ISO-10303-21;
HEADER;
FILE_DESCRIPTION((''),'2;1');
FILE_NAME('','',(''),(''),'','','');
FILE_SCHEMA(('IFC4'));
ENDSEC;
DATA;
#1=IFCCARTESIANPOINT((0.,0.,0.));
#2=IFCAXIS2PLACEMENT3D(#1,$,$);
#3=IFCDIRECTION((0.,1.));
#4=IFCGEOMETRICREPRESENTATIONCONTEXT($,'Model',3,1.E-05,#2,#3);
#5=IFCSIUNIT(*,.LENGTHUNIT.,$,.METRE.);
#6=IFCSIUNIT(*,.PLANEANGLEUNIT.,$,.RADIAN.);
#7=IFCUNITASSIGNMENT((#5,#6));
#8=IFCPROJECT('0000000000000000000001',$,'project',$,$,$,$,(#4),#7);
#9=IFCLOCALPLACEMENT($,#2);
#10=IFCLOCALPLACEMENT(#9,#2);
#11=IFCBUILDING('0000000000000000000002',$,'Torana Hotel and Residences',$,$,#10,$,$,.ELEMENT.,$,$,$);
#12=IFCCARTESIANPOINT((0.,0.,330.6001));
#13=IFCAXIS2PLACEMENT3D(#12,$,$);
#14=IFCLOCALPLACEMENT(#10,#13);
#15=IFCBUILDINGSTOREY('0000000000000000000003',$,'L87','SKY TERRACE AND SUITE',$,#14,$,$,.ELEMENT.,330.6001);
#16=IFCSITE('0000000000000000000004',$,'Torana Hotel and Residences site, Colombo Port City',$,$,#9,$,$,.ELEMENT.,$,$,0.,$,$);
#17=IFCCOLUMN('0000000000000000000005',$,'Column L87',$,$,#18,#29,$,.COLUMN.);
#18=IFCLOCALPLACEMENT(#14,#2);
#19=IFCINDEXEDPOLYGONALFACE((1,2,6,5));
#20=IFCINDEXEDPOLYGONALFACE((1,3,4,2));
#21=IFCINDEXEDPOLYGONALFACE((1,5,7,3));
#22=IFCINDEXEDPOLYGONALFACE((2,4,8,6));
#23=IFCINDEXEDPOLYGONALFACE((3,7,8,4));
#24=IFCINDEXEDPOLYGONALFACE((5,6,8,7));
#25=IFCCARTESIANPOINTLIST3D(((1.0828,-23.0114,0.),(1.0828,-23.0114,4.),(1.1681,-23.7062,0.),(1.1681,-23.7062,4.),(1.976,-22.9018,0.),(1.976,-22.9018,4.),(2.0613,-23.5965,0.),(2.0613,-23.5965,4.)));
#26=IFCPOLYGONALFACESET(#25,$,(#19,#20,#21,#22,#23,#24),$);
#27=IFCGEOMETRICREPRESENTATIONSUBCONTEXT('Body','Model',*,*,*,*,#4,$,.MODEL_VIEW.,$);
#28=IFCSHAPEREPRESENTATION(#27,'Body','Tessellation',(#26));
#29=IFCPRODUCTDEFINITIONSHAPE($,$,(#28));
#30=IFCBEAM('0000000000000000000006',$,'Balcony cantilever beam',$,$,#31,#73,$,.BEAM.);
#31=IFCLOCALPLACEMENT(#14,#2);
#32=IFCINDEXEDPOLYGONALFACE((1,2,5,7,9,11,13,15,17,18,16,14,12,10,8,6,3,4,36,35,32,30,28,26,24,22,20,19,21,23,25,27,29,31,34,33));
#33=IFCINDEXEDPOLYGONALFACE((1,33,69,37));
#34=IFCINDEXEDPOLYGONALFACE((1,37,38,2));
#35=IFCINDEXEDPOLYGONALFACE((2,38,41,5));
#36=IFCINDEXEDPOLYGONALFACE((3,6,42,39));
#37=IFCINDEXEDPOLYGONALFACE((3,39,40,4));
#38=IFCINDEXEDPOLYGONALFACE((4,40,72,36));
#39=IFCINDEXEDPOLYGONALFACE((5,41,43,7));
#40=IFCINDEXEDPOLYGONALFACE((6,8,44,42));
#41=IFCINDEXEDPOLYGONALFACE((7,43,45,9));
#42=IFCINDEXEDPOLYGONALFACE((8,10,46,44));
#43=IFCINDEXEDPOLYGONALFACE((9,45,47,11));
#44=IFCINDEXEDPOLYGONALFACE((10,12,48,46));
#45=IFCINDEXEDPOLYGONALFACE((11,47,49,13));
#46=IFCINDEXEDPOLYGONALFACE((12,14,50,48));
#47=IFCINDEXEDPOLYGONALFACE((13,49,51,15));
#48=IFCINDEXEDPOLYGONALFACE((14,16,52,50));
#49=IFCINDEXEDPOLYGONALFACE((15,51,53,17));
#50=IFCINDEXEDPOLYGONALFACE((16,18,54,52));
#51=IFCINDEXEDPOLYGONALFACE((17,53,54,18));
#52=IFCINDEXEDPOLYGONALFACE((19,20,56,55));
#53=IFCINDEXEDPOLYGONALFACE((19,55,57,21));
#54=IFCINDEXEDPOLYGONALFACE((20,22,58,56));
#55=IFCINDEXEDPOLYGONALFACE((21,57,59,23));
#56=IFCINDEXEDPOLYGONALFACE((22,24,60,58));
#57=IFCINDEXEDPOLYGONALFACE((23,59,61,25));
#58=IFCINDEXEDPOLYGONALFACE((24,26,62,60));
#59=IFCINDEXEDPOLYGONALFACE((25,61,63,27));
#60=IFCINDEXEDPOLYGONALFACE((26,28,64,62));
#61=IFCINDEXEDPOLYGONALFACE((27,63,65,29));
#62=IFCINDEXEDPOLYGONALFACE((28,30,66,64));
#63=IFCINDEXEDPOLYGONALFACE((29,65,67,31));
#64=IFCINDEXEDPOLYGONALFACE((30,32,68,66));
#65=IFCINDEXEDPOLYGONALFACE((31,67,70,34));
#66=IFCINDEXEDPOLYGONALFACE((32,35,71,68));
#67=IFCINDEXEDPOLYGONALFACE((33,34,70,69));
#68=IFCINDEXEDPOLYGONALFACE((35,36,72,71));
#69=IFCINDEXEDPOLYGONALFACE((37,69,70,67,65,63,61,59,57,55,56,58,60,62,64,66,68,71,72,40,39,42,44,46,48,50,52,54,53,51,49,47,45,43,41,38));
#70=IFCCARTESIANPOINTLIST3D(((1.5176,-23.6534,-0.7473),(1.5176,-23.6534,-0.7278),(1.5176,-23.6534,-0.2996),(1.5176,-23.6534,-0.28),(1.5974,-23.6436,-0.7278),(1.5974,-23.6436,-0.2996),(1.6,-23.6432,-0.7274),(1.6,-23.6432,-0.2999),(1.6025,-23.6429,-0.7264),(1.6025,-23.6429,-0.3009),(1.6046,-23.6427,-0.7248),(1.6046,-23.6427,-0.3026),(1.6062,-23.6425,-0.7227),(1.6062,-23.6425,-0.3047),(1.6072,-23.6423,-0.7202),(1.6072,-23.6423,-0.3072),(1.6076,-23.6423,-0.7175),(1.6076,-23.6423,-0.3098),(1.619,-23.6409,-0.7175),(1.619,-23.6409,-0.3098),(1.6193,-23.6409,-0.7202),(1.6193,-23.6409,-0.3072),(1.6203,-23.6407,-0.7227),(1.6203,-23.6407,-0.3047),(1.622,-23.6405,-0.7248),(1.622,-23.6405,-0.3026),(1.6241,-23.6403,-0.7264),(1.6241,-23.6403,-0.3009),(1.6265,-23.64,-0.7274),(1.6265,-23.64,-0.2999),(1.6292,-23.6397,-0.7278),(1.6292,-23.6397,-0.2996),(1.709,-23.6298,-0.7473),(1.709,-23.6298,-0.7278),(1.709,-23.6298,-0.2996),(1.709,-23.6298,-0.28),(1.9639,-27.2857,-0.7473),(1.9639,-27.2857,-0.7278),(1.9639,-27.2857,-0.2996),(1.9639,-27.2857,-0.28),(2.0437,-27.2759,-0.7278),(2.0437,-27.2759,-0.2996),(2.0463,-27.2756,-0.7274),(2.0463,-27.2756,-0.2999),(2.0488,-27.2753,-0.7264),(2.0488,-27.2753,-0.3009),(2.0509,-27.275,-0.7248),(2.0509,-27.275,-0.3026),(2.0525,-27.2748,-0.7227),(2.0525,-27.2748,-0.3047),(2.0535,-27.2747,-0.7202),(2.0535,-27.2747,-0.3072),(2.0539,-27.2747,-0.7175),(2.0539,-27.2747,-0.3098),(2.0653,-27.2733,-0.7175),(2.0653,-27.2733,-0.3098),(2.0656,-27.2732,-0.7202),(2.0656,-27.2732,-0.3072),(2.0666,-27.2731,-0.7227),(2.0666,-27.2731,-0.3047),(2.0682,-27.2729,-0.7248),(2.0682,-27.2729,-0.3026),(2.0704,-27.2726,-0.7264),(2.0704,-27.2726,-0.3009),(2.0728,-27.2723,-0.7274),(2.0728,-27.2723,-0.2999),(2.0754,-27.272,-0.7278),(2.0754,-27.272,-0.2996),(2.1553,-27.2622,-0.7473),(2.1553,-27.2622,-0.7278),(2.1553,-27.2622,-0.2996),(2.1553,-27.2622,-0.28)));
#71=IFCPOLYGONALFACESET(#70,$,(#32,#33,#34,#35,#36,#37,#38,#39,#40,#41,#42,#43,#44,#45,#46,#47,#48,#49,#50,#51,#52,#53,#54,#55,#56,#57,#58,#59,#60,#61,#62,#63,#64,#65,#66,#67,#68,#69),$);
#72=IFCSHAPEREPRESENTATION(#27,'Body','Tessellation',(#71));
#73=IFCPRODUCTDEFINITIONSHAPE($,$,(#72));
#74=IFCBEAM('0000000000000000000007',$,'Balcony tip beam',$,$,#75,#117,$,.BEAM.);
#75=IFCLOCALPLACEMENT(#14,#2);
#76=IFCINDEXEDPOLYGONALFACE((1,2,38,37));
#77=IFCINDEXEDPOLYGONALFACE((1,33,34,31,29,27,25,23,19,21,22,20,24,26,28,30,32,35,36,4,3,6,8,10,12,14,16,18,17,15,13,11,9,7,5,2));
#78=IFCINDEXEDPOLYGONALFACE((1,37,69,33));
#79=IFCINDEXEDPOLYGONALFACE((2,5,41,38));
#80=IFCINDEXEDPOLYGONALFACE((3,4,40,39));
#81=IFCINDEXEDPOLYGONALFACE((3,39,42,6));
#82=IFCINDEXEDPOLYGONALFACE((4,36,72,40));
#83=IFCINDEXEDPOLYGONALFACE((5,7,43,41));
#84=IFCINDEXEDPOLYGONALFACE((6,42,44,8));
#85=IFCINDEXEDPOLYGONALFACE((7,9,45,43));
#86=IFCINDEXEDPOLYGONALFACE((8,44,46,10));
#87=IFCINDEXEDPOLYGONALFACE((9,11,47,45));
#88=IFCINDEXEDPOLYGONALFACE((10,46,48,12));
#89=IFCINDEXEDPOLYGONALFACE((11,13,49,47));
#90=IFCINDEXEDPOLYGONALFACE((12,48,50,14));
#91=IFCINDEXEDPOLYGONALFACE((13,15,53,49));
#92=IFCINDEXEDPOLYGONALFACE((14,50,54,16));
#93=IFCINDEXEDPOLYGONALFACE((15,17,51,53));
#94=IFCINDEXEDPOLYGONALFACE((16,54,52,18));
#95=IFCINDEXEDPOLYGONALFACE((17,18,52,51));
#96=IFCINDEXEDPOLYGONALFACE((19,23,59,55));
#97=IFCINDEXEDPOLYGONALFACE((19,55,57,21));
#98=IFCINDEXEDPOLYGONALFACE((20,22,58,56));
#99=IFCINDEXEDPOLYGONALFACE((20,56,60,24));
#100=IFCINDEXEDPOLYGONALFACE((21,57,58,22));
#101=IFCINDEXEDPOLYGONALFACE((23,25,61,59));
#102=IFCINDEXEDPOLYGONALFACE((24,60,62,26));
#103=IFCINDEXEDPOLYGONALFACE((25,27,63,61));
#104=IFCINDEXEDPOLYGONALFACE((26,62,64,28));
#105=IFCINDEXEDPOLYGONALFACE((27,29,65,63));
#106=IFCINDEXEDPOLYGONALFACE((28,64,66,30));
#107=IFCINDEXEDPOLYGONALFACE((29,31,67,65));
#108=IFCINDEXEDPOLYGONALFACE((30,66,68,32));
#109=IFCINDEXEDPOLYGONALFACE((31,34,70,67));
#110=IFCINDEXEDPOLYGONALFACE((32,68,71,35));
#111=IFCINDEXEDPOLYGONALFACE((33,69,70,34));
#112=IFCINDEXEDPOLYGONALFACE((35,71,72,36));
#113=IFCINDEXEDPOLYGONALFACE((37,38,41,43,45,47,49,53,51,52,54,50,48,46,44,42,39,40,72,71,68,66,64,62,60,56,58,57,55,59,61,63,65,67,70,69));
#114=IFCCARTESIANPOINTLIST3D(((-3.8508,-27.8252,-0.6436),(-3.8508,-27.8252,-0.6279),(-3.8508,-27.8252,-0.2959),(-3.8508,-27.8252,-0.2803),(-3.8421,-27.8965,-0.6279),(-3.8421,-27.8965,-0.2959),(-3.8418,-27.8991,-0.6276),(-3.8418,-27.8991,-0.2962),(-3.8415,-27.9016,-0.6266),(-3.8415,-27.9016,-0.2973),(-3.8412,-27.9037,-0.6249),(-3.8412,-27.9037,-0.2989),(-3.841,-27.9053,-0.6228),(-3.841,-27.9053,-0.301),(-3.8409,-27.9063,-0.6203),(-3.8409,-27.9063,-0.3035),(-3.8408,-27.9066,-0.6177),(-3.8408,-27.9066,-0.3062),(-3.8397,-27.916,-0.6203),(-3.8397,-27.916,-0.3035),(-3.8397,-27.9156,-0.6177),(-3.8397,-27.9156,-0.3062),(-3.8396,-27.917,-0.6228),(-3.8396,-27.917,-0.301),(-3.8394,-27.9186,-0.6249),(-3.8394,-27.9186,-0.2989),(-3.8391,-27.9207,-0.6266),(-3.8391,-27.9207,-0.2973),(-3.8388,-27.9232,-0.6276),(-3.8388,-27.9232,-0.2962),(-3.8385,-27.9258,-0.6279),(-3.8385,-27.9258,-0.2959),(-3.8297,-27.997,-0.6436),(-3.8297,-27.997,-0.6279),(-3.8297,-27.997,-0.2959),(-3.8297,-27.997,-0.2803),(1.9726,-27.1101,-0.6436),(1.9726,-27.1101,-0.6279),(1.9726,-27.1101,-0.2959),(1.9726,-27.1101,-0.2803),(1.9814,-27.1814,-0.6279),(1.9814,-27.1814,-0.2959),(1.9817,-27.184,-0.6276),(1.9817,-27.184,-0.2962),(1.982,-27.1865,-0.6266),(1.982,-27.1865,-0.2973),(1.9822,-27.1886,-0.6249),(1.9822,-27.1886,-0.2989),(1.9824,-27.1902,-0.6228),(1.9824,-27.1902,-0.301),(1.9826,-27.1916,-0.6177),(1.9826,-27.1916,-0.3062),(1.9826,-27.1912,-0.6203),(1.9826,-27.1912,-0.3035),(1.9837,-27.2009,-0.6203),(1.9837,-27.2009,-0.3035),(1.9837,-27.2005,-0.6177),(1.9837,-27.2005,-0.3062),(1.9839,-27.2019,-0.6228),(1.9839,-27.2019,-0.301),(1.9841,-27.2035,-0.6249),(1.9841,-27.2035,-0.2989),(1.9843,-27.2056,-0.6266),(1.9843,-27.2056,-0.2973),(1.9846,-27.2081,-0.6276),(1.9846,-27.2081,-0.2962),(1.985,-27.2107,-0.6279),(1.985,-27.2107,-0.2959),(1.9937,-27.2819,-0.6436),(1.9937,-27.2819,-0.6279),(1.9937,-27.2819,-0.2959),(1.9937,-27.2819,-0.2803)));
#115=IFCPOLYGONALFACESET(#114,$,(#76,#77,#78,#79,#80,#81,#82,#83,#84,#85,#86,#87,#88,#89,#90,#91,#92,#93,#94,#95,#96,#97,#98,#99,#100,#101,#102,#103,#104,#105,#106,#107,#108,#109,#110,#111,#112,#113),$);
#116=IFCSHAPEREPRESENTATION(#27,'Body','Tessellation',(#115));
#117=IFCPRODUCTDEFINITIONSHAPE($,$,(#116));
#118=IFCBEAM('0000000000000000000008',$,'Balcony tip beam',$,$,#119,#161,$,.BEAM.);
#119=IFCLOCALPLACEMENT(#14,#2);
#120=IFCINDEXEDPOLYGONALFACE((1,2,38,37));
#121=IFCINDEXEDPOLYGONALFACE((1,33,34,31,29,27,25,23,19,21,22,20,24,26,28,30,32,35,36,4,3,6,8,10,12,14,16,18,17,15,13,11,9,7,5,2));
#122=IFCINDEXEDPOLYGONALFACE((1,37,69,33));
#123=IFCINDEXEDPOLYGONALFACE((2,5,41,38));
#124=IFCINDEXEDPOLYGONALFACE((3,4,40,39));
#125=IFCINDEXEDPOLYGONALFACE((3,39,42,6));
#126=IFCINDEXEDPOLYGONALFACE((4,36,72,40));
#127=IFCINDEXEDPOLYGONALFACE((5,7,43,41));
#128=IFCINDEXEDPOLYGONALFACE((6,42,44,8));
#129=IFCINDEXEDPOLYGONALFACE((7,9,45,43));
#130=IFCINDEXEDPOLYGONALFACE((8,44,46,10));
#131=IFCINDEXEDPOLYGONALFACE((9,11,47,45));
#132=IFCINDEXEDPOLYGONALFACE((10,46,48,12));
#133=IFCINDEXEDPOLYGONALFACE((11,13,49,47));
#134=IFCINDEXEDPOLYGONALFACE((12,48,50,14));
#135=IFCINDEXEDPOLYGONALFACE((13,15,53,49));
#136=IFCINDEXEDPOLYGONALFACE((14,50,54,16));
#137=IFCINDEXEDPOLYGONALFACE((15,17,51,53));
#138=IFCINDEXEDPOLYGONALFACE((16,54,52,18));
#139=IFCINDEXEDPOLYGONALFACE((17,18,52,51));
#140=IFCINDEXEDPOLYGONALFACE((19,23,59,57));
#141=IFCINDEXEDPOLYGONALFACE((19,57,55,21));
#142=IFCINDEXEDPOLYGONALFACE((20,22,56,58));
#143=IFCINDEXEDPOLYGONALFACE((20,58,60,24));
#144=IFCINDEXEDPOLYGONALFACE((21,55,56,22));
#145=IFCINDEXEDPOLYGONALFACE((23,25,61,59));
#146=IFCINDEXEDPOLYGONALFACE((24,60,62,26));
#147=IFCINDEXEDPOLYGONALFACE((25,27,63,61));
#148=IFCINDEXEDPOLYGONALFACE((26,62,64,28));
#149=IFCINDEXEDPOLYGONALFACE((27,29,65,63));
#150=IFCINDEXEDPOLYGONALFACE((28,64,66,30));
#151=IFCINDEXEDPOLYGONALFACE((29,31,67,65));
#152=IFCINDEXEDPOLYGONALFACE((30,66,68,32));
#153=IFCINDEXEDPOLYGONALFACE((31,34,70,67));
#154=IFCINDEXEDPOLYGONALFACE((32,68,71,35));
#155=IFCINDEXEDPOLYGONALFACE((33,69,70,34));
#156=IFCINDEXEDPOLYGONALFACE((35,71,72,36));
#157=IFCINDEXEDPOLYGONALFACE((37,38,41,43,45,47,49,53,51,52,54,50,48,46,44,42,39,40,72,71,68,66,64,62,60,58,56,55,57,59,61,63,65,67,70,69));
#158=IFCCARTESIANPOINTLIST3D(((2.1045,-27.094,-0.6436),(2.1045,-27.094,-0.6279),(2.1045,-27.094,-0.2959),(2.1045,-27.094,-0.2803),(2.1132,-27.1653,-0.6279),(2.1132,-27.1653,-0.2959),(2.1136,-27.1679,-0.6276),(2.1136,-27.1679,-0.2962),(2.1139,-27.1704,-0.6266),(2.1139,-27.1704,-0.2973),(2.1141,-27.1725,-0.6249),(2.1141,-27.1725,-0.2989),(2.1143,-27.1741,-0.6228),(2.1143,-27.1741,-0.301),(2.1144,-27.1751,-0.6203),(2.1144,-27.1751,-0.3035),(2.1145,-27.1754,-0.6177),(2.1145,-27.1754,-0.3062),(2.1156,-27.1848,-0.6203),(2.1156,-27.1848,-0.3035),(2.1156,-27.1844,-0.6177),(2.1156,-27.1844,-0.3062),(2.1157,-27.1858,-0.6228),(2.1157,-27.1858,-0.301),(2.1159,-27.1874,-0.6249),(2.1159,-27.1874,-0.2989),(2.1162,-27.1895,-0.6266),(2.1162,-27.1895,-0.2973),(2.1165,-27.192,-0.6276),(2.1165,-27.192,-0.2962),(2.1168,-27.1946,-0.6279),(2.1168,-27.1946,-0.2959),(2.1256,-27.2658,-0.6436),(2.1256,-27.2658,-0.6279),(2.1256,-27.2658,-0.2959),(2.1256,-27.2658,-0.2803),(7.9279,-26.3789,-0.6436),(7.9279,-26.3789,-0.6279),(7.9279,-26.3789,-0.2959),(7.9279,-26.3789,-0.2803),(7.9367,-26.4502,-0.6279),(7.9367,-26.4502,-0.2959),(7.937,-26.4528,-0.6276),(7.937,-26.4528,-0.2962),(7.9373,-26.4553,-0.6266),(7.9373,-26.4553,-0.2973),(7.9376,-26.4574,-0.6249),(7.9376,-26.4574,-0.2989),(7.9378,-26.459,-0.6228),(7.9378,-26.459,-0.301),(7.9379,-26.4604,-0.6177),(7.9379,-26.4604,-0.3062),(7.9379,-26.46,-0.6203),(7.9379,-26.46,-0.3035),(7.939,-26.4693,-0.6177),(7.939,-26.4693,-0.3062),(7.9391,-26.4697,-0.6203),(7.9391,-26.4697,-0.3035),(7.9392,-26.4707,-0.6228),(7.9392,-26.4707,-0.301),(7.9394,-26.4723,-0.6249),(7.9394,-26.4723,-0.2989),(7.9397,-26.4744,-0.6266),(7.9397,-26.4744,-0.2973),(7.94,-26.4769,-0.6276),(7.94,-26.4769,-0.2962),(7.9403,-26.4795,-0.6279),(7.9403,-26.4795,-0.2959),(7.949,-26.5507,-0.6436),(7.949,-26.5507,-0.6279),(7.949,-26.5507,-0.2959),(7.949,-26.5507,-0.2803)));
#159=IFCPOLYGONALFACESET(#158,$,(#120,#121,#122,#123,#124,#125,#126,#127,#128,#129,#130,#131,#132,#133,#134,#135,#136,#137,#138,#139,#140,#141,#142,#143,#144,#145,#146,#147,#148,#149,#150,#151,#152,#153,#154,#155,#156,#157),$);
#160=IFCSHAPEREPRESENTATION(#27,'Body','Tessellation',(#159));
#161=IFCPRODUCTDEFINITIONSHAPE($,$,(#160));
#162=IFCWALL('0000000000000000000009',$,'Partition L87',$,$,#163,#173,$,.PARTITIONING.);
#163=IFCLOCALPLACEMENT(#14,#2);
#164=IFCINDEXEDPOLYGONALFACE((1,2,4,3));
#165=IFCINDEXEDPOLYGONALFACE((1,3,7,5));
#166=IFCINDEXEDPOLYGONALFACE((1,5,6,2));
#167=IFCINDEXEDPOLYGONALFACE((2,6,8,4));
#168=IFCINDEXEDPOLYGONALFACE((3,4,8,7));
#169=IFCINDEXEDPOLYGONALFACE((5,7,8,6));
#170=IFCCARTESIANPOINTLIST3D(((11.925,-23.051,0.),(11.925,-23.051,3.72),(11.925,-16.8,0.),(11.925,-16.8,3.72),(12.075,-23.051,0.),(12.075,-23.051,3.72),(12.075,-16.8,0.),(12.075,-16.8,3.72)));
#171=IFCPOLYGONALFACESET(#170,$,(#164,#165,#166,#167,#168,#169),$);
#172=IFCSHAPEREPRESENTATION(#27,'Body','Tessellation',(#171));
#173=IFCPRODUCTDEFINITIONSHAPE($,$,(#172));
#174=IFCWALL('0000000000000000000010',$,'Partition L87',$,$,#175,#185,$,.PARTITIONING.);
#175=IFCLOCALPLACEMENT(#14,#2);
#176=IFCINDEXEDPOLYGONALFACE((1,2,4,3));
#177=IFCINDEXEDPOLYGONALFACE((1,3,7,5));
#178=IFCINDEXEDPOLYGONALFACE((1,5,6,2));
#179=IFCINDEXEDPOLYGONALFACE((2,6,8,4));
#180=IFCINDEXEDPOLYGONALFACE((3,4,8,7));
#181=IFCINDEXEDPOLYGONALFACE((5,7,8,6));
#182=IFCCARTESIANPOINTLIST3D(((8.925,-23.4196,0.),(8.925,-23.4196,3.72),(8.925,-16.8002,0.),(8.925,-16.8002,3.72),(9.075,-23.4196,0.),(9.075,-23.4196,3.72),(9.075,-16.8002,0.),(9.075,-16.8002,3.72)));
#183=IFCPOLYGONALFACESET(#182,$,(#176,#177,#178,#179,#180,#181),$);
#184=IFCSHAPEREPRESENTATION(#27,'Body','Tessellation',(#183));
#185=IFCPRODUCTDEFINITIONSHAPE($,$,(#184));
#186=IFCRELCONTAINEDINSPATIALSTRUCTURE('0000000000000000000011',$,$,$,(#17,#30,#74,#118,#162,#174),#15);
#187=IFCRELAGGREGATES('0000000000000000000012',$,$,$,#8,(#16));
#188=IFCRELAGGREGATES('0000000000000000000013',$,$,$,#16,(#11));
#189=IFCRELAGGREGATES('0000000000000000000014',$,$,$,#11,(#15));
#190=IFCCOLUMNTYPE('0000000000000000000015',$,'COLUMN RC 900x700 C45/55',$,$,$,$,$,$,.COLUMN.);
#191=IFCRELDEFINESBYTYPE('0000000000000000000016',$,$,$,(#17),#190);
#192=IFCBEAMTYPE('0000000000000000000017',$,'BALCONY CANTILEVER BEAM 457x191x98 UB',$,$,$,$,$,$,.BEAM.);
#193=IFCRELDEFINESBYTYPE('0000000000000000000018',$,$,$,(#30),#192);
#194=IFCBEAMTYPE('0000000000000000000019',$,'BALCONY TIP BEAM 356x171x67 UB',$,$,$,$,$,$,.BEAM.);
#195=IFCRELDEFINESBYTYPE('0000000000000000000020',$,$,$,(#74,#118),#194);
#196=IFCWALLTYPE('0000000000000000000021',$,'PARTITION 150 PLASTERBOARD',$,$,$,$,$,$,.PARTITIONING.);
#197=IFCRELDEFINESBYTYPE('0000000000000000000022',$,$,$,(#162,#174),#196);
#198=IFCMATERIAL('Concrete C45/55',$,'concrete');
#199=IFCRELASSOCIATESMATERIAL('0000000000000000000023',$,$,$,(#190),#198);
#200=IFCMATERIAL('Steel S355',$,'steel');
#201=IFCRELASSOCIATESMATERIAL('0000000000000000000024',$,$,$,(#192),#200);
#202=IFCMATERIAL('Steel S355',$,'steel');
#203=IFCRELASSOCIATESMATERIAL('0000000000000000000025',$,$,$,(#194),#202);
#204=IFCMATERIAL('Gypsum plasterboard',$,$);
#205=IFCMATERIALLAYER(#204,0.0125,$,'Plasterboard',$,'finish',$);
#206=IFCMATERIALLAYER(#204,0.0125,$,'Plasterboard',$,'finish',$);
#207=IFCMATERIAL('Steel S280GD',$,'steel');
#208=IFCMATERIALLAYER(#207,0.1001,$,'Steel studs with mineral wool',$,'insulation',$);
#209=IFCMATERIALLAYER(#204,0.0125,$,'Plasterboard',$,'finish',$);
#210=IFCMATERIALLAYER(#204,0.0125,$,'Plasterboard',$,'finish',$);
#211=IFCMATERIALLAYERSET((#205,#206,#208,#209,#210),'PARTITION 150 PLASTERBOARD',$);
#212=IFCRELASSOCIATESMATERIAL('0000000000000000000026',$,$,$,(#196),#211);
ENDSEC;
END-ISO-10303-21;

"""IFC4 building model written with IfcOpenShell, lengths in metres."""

from ifc_helpers import new_model, si_unit, direction, frame, frame_2d, origin, origin_2d, place, context, subcontext, project, spatial, rectangle, i_section, extrude, material, layer, layer_set, material_profile, profile_set, type_object, element, save


model = new_model("IFC4")

# Units and contexts
model_context = context("Model", 3, precision=1e-05, world=origin(), true_north=direction((0.0, 1.0)))
body_context = subcontext(model_context, "Body", "Model", "MODEL_VIEW")
ifc_project = project(units=[si_unit("LENGTHUNIT", "METRE"), si_unit("PLANEANGLEUNIT", "RADIAN")], contexts=[model_context])

# Site, building, storey
site_placement = place(None, origin())
site = spatial("IfcSite", under=ifc_project, at=site_placement, Name="Torana Hotel and Residences site, Colombo Port City", CompositionType="ELEMENT", RefElevation=0.0)
building_placement = place(site_placement, origin())
building = spatial("IfcBuilding", under=site, at=building_placement, Name="Torana Hotel and Residences", CompositionType="ELEMENT")
storey_placement = place(building_placement, frame((0.0, 0.0, 330.6001)))
storey = spatial("IfcBuildingStorey", under=building, at=storey_placement, Name="L87", Description="SKY TERRACE AND SUITE", CompositionType="ELEMENT", Elevation=330.6001)

# Column
ifc_material_1 = material(Name="Concrete C45/55", Category="concrete")
ifc_material_profile_1 = material_profile(ifc_material_1, rectangle(XDim=0.8999, YDim=0.7, at=origin_2d()), Name="RC 900x700")
ifc_profile_set_1 = profile_set([ifc_material_profile_1], Name="Concrete C45/55")
column_type = type_object("IfcColumnType", Name="COLUMN RC 900x700 C45/55", PredefinedType="COLUMN", material=ifc_profile_set_1)
column_placement = place(storey_placement, frame((1.572, -23.304, 0.0), z_axis=(0.0, 0.0, 1.0), x_axis=(0.992546, 0.121869, 0.0)))
element("IfcColumn", 1, at=column_placement, inside=storey, type_object=column_type, Name="Column L87", PredefinedType="COLUMN", context=body_context, shape_type="SweptSolid", body=[
    extrude(rectangle(XDim=0.8999, YDim=0.7, at=origin_2d()), origin(), (0.0, 0.0, 1.0), 4.0),
])

# Beams
ifc_material_2 = material(Name="Steel S355", Category="steel")
ifc_material_profile_2 = material_profile(ifc_material_2, i_section(OverallWidth=0.1929, OverallDepth=0.4673, WebThickness=0.0115, FlangeThickness=0.0195, FilletRadius=0.0103, at=origin_2d()), Name="457x191x98 UB")
ifc_profile_set_2 = profile_set([ifc_material_profile_2], Name="Steel S355")
beam_type_1 = type_object("IfcBeamType", Name="BALCONY CANTILEVER BEAM 457x191x98 UB", PredefinedType="BEAM", material=ifc_profile_set_2)
beam_placement = place(storey_placement, frame((1.6133, -23.6416, -0.5137), z_axis=(0.121949, -0.992536, 0.0), x_axis=(0.992536, 0.121949, 0.0)))
element("IfcBeam", 2, at=beam_placement, inside=storey, type_object=beam_type_1, Name="Balcony cantilever beam", PredefinedType="BEAM", context=body_context, shape_type="SweptSolid", body=[
    extrude(i_section(OverallWidth=0.1929, OverallDepth=0.4673, WebThickness=0.0115, FlangeThickness=0.0195, FilletRadius=0.0103, at=origin_2d()), origin(), (0.0, 0.0, 1.0), 3.6597),
])
ifc_material_3 = material(Name="Steel S355", Category="steel")
ifc_material_profile_3 = material_profile(ifc_material_3, i_section(OverallWidth=0.1731, OverallDepth=0.3633, WebThickness=0.009, FlangeThickness=0.0156, FilletRadius=0.0103, at=origin_2d()), Name="356x171x67 UB")
ifc_profile_set_3 = profile_set([ifc_material_profile_3], Name="Steel S355")
beam_type_2 = type_object("IfcBeamType", Name="BALCONY TIP BEAM 356x171x67 UB", PredefinedType="BEAM", material=ifc_profile_set_3)
for number, where, z_axis, x_axis, name in (
    (3, (1.9832, -27.196, -0.4619), (-0.992545, -0.121878, 0.0), (0.121878, -0.992545, 0.0), "Balcony tip beam"),
    (4, (7.9385, -26.4648, -0.4619), (-0.992545, -0.121878, 0.0), (0.121878, -0.992545, 0.0), "Balcony tip beam"),
):
    element("IfcBeam", number, at=place(storey_placement, frame(where, z_axis=z_axis, x_axis=x_axis)), inside=storey, type_object=beam_type_2, Name=name, PredefinedType="BEAM", context=body_context, shape_type="SweptSolid", body=[
        extrude(i_section(OverallWidth=0.1731, OverallDepth=0.3633, WebThickness=0.009, FlangeThickness=0.0156, FilletRadius=0.0103, at=origin_2d()), origin(), (0.0, 0.0, 1.0), 5.8672),
    ])

# Walls
ifc_material_4 = material(Name="Gypsum plasterboard")
ifc_layer_1 = layer(ifc_material_4, 0.0125, Name="Plasterboard", Category="finish")
ifc_layer_2 = layer(ifc_material_4, 0.0125, Name="Plasterboard", Category="finish")
ifc_material_5 = material(Name="Steel S280GD", Category="steel")
ifc_layer_3 = layer(ifc_material_5, 0.1001, Name="Steel studs with mineral wool", Category="insulation")
ifc_layer_4 = layer(ifc_material_4, 0.0125, Name="Plasterboard", Category="finish")
ifc_layer_5 = layer(ifc_material_4, 0.0125, Name="Plasterboard", Category="finish")
ifc_layer_set_1 = layer_set([ifc_layer_1, ifc_layer_2, ifc_layer_3, ifc_layer_4, ifc_layer_5], Name="PARTITION 150 PLASTERBOARD")
wall_type_1 = type_object("IfcWallType", Name="PARTITION 150 PLASTERBOARD", PredefinedType="PARTITIONING", material=ifc_layer_set_1)
wall_1_placement = place(storey_placement, frame((12.0, -23.051, 0.0), z_axis=(0.0, 0.0, 1.0), x_axis=(0.0, 1.0, 0.0)))
element("IfcWall", 5, at=wall_1_placement, inside=storey, type_object=wall_type_1, Name="Partition L87", PredefinedType="PARTITIONING", context=body_context, shape_type="SweptSolid", body=[
    extrude(rectangle(XDim=6.251, YDim=0.1499, at=frame_2d((3.1255, 0.0))), origin(), (0.0, 0.0, 1.0), 3.72),
])
wall_2_placement = place(storey_placement, frame((9.0, -23.4194, 0.0), z_axis=(0.0, 0.0, 1.0), x_axis=(0.0, 1.0, 0.0)))
element("IfcWall", 6, at=wall_2_placement, inside=storey, type_object=wall_type_1, Name="Partition L87", PredefinedType="PARTITIONING", context=body_context, shape_type="SweptSolid", body=[
    extrude(rectangle(XDim=6.6194, YDim=0.1499, at=frame_2d((3.3096, 0.0))), origin(), (0.0, 0.0, 1.0), 3.72),
])

save(model, "model.ifc")
